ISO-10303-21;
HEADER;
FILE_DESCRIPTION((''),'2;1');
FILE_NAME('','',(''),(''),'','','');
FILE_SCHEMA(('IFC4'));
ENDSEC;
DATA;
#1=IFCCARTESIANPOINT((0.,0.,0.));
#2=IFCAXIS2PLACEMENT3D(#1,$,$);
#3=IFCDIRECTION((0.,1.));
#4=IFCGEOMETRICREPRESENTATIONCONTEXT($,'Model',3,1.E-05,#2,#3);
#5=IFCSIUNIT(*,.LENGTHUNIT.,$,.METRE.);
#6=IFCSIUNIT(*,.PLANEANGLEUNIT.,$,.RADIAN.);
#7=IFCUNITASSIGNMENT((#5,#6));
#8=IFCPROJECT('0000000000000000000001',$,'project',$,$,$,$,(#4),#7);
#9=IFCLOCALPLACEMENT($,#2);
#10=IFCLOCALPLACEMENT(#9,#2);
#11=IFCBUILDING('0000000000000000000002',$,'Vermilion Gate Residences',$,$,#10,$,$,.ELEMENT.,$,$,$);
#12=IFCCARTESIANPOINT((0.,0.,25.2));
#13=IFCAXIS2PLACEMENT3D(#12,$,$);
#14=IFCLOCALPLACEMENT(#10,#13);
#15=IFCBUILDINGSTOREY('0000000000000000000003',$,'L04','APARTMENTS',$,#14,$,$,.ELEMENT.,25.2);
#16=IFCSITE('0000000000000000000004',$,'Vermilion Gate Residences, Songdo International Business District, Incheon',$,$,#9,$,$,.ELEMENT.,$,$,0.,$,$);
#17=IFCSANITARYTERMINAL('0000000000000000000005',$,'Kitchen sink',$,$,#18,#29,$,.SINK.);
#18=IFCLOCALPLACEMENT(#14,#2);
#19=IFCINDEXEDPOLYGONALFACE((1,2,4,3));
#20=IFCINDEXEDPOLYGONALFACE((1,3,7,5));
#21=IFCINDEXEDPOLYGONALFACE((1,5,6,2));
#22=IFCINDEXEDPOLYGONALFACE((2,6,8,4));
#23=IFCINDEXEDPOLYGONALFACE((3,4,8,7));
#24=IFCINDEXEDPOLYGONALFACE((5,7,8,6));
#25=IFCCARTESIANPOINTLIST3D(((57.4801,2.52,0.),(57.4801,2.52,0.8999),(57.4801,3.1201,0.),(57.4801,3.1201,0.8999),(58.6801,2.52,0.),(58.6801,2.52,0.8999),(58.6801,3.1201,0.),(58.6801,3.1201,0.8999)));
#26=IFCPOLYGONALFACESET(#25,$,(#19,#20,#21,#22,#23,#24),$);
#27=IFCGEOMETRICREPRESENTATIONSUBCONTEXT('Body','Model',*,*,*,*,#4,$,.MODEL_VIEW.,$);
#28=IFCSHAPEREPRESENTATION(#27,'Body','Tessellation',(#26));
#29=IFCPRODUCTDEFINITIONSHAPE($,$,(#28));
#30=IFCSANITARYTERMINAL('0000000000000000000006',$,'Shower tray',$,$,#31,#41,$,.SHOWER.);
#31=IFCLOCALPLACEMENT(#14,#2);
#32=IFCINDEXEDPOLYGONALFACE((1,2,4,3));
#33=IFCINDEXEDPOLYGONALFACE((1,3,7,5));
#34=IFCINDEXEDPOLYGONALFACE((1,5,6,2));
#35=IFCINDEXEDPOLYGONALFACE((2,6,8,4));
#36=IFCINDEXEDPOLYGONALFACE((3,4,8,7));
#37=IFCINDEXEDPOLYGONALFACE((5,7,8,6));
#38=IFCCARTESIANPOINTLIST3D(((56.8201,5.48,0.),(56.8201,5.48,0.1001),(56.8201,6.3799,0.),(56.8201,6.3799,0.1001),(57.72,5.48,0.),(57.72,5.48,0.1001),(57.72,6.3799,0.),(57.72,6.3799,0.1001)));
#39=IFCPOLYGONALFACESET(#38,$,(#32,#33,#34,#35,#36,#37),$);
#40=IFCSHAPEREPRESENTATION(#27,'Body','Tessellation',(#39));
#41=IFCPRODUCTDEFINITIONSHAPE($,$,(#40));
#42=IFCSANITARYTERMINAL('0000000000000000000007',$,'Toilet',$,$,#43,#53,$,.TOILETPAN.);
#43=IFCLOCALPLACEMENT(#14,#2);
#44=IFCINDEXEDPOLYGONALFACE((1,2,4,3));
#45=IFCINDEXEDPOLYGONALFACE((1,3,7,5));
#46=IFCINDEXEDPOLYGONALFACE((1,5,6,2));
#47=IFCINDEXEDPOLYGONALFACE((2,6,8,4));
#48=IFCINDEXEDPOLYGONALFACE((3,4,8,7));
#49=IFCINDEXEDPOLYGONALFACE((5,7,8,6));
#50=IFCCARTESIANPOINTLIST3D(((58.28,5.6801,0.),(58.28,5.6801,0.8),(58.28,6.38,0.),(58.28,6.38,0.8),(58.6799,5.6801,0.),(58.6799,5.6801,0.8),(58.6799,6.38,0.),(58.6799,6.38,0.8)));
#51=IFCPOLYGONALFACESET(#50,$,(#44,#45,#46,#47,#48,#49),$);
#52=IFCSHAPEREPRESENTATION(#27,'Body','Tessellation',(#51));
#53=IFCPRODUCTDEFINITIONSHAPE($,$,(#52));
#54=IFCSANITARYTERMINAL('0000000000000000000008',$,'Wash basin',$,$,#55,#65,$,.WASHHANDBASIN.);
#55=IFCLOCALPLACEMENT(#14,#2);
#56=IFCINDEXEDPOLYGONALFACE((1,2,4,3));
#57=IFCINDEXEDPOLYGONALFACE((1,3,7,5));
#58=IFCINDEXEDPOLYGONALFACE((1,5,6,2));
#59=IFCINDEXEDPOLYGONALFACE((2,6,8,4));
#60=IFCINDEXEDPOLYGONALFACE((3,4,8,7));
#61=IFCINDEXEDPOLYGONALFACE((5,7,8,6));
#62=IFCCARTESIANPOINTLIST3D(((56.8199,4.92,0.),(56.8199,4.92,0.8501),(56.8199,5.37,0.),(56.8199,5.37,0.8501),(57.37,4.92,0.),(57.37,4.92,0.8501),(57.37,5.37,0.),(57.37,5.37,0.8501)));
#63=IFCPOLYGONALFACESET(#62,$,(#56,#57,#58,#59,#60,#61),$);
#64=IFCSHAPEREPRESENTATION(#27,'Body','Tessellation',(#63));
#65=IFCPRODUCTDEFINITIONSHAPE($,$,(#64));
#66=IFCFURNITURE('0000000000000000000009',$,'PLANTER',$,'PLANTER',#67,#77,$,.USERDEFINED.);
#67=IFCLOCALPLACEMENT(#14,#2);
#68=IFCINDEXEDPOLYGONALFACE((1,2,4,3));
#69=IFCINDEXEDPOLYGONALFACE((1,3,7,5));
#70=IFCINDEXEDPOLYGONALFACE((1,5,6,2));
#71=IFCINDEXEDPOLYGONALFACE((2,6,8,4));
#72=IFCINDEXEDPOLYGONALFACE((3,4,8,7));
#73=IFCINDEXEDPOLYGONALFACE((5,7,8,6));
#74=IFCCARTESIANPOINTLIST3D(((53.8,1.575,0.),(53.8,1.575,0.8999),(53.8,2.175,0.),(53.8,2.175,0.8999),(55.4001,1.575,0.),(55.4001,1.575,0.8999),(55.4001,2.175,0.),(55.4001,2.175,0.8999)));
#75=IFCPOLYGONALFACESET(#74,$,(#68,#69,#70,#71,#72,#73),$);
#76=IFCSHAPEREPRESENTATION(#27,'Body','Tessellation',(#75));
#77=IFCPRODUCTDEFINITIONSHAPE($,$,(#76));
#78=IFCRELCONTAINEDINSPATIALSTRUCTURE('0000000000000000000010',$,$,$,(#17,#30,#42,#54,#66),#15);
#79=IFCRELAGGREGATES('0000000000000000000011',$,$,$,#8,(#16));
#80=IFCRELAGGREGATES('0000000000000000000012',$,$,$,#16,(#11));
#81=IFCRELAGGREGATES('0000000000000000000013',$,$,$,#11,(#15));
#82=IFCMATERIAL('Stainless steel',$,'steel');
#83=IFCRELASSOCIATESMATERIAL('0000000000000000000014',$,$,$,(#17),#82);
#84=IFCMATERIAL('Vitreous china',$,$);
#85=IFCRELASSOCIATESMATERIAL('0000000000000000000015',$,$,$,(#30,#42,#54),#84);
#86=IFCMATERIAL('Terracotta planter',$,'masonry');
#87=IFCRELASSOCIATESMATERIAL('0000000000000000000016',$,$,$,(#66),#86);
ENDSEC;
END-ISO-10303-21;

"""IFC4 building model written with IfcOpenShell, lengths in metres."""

from ifc_helpers import new_model, si_unit, direction, frame, origin, origin_2d, place, context, subcontext, project, spatial, rectangle, extrude, material, element, save


model = new_model("IFC4")

# Units and contexts
model_context = context("Model", 3, precision=1e-05, world=origin(), true_north=direction((0.0, 1.0)))
body_context = subcontext(model_context, "Body", "Model", "MODEL_VIEW")
ifc_project = project(units=[si_unit("LENGTHUNIT", "METRE"), si_unit("PLANEANGLEUNIT", "RADIAN")], contexts=[model_context])

# Site, building, storey
site_placement = place(None, origin())
site = spatial("IfcSite", under=ifc_project, at=site_placement, Name="Vermilion Gate Residences, Songdo International Business District, Incheon", CompositionType="ELEMENT", RefElevation=0.0)
building_placement = place(site_placement, origin())
building = spatial("IfcBuilding", under=site, at=building_placement, Name="Vermilion Gate Residences", CompositionType="ELEMENT")
storey_placement = place(building_placement, frame((0.0, 0.0, 25.2)))
storey = spatial("IfcBuildingStorey", under=building, at=storey_placement, Name="L04", Description="APARTMENTS", CompositionType="ELEMENT", Elevation=25.2)

# Sanitary terminals
ifc_material_1 = material(Name="Stainless steel", Category="steel")
sanitary_terminal_1_placement = place(storey_placement, frame((58.0801, 2.8201, 0.0), z_axis=(0.0, 0.0, 1.0), x_axis=(1.0, 0.0, 0.0)))
element("IfcSanitaryTerminal", 1, at=sanitary_terminal_1_placement, inside=storey, material=ifc_material_1, Name="Kitchen sink", PredefinedType="SINK", context=body_context, shape_type="SweptSolid", body=[
    extrude(rectangle(XDim=1.2, YDim=0.6001, at=origin_2d()), origin(), (0.0, 0.0, 1.0), 0.8999),
])
ifc_material_2 = material(Name="Vitreous china")
sanitary_terminal_2_placement = place(storey_placement, frame((57.27, 5.9299, 0.0), z_axis=(0.0, 0.0, 1.0), x_axis=(1.0, 0.0, 0.0)))
element("IfcSanitaryTerminal", 2, at=sanitary_terminal_2_placement, inside=storey, material=ifc_material_2, Name="Shower tray", PredefinedType="SHOWER", context=body_context, shape_type="SweptSolid", body=[
    extrude(rectangle(XDim=0.8999, YDim=0.8999, at=origin_2d()), origin(), (0.0, 0.0, 1.0), 0.1001),
])
sanitary_terminal_3_placement = place(storey_placement, frame((58.48, 6.03, 0.0), z_axis=(0.0, 0.0, 1.0), x_axis=(1.0, 0.0, 0.0)))
element("IfcSanitaryTerminal", 3, at=sanitary_terminal_3_placement, inside=storey, material=ifc_material_2, Name="Toilet", PredefinedType="TOILETPAN", context=body_context, shape_type="SweptSolid", body=[
    extrude(rectangle(XDim=0.3999, YDim=0.7, at=origin_2d()), origin(), (0.0, 0.0, 1.0), 0.8),
])
sanitary_terminal_4_placement = place(storey_placement, frame((57.095, 5.145, 0.0), z_axis=(0.0, 0.0, 1.0), x_axis=(1.0, 0.0, 0.0)))
element("IfcSanitaryTerminal", 4, at=sanitary_terminal_4_placement, inside=storey, material=ifc_material_2, Name="Wash basin", PredefinedType="WASHHANDBASIN", context=body_context, shape_type="SweptSolid", body=[
    extrude(rectangle(XDim=0.55, YDim=0.45, at=origin_2d()), origin(), (0.0, 0.0, 1.0), 0.8501),
])

# Furniture
ifc_material_3 = material(Name="Terracotta planter", Category="masonry")
furniture_placement = place(storey_placement, frame((54.6001, 1.875, 0.0), z_axis=(0.0, 0.0, 1.0), x_axis=(1.0, 0.0, 0.0)))
element("IfcFurniture", 5, at=furniture_placement, inside=storey, material=ifc_material_3, Name="PLANTER", ObjectType="PLANTER", PredefinedType="USERDEFINED", context=body_context, shape_type="SweptSolid", body=[
    extrude(rectangle(XDim=1.6001, YDim=0.6001, at=origin_2d()), origin(), (0.0, 0.0, 1.0), 0.8999),
])

save(model, "model.ifc")
